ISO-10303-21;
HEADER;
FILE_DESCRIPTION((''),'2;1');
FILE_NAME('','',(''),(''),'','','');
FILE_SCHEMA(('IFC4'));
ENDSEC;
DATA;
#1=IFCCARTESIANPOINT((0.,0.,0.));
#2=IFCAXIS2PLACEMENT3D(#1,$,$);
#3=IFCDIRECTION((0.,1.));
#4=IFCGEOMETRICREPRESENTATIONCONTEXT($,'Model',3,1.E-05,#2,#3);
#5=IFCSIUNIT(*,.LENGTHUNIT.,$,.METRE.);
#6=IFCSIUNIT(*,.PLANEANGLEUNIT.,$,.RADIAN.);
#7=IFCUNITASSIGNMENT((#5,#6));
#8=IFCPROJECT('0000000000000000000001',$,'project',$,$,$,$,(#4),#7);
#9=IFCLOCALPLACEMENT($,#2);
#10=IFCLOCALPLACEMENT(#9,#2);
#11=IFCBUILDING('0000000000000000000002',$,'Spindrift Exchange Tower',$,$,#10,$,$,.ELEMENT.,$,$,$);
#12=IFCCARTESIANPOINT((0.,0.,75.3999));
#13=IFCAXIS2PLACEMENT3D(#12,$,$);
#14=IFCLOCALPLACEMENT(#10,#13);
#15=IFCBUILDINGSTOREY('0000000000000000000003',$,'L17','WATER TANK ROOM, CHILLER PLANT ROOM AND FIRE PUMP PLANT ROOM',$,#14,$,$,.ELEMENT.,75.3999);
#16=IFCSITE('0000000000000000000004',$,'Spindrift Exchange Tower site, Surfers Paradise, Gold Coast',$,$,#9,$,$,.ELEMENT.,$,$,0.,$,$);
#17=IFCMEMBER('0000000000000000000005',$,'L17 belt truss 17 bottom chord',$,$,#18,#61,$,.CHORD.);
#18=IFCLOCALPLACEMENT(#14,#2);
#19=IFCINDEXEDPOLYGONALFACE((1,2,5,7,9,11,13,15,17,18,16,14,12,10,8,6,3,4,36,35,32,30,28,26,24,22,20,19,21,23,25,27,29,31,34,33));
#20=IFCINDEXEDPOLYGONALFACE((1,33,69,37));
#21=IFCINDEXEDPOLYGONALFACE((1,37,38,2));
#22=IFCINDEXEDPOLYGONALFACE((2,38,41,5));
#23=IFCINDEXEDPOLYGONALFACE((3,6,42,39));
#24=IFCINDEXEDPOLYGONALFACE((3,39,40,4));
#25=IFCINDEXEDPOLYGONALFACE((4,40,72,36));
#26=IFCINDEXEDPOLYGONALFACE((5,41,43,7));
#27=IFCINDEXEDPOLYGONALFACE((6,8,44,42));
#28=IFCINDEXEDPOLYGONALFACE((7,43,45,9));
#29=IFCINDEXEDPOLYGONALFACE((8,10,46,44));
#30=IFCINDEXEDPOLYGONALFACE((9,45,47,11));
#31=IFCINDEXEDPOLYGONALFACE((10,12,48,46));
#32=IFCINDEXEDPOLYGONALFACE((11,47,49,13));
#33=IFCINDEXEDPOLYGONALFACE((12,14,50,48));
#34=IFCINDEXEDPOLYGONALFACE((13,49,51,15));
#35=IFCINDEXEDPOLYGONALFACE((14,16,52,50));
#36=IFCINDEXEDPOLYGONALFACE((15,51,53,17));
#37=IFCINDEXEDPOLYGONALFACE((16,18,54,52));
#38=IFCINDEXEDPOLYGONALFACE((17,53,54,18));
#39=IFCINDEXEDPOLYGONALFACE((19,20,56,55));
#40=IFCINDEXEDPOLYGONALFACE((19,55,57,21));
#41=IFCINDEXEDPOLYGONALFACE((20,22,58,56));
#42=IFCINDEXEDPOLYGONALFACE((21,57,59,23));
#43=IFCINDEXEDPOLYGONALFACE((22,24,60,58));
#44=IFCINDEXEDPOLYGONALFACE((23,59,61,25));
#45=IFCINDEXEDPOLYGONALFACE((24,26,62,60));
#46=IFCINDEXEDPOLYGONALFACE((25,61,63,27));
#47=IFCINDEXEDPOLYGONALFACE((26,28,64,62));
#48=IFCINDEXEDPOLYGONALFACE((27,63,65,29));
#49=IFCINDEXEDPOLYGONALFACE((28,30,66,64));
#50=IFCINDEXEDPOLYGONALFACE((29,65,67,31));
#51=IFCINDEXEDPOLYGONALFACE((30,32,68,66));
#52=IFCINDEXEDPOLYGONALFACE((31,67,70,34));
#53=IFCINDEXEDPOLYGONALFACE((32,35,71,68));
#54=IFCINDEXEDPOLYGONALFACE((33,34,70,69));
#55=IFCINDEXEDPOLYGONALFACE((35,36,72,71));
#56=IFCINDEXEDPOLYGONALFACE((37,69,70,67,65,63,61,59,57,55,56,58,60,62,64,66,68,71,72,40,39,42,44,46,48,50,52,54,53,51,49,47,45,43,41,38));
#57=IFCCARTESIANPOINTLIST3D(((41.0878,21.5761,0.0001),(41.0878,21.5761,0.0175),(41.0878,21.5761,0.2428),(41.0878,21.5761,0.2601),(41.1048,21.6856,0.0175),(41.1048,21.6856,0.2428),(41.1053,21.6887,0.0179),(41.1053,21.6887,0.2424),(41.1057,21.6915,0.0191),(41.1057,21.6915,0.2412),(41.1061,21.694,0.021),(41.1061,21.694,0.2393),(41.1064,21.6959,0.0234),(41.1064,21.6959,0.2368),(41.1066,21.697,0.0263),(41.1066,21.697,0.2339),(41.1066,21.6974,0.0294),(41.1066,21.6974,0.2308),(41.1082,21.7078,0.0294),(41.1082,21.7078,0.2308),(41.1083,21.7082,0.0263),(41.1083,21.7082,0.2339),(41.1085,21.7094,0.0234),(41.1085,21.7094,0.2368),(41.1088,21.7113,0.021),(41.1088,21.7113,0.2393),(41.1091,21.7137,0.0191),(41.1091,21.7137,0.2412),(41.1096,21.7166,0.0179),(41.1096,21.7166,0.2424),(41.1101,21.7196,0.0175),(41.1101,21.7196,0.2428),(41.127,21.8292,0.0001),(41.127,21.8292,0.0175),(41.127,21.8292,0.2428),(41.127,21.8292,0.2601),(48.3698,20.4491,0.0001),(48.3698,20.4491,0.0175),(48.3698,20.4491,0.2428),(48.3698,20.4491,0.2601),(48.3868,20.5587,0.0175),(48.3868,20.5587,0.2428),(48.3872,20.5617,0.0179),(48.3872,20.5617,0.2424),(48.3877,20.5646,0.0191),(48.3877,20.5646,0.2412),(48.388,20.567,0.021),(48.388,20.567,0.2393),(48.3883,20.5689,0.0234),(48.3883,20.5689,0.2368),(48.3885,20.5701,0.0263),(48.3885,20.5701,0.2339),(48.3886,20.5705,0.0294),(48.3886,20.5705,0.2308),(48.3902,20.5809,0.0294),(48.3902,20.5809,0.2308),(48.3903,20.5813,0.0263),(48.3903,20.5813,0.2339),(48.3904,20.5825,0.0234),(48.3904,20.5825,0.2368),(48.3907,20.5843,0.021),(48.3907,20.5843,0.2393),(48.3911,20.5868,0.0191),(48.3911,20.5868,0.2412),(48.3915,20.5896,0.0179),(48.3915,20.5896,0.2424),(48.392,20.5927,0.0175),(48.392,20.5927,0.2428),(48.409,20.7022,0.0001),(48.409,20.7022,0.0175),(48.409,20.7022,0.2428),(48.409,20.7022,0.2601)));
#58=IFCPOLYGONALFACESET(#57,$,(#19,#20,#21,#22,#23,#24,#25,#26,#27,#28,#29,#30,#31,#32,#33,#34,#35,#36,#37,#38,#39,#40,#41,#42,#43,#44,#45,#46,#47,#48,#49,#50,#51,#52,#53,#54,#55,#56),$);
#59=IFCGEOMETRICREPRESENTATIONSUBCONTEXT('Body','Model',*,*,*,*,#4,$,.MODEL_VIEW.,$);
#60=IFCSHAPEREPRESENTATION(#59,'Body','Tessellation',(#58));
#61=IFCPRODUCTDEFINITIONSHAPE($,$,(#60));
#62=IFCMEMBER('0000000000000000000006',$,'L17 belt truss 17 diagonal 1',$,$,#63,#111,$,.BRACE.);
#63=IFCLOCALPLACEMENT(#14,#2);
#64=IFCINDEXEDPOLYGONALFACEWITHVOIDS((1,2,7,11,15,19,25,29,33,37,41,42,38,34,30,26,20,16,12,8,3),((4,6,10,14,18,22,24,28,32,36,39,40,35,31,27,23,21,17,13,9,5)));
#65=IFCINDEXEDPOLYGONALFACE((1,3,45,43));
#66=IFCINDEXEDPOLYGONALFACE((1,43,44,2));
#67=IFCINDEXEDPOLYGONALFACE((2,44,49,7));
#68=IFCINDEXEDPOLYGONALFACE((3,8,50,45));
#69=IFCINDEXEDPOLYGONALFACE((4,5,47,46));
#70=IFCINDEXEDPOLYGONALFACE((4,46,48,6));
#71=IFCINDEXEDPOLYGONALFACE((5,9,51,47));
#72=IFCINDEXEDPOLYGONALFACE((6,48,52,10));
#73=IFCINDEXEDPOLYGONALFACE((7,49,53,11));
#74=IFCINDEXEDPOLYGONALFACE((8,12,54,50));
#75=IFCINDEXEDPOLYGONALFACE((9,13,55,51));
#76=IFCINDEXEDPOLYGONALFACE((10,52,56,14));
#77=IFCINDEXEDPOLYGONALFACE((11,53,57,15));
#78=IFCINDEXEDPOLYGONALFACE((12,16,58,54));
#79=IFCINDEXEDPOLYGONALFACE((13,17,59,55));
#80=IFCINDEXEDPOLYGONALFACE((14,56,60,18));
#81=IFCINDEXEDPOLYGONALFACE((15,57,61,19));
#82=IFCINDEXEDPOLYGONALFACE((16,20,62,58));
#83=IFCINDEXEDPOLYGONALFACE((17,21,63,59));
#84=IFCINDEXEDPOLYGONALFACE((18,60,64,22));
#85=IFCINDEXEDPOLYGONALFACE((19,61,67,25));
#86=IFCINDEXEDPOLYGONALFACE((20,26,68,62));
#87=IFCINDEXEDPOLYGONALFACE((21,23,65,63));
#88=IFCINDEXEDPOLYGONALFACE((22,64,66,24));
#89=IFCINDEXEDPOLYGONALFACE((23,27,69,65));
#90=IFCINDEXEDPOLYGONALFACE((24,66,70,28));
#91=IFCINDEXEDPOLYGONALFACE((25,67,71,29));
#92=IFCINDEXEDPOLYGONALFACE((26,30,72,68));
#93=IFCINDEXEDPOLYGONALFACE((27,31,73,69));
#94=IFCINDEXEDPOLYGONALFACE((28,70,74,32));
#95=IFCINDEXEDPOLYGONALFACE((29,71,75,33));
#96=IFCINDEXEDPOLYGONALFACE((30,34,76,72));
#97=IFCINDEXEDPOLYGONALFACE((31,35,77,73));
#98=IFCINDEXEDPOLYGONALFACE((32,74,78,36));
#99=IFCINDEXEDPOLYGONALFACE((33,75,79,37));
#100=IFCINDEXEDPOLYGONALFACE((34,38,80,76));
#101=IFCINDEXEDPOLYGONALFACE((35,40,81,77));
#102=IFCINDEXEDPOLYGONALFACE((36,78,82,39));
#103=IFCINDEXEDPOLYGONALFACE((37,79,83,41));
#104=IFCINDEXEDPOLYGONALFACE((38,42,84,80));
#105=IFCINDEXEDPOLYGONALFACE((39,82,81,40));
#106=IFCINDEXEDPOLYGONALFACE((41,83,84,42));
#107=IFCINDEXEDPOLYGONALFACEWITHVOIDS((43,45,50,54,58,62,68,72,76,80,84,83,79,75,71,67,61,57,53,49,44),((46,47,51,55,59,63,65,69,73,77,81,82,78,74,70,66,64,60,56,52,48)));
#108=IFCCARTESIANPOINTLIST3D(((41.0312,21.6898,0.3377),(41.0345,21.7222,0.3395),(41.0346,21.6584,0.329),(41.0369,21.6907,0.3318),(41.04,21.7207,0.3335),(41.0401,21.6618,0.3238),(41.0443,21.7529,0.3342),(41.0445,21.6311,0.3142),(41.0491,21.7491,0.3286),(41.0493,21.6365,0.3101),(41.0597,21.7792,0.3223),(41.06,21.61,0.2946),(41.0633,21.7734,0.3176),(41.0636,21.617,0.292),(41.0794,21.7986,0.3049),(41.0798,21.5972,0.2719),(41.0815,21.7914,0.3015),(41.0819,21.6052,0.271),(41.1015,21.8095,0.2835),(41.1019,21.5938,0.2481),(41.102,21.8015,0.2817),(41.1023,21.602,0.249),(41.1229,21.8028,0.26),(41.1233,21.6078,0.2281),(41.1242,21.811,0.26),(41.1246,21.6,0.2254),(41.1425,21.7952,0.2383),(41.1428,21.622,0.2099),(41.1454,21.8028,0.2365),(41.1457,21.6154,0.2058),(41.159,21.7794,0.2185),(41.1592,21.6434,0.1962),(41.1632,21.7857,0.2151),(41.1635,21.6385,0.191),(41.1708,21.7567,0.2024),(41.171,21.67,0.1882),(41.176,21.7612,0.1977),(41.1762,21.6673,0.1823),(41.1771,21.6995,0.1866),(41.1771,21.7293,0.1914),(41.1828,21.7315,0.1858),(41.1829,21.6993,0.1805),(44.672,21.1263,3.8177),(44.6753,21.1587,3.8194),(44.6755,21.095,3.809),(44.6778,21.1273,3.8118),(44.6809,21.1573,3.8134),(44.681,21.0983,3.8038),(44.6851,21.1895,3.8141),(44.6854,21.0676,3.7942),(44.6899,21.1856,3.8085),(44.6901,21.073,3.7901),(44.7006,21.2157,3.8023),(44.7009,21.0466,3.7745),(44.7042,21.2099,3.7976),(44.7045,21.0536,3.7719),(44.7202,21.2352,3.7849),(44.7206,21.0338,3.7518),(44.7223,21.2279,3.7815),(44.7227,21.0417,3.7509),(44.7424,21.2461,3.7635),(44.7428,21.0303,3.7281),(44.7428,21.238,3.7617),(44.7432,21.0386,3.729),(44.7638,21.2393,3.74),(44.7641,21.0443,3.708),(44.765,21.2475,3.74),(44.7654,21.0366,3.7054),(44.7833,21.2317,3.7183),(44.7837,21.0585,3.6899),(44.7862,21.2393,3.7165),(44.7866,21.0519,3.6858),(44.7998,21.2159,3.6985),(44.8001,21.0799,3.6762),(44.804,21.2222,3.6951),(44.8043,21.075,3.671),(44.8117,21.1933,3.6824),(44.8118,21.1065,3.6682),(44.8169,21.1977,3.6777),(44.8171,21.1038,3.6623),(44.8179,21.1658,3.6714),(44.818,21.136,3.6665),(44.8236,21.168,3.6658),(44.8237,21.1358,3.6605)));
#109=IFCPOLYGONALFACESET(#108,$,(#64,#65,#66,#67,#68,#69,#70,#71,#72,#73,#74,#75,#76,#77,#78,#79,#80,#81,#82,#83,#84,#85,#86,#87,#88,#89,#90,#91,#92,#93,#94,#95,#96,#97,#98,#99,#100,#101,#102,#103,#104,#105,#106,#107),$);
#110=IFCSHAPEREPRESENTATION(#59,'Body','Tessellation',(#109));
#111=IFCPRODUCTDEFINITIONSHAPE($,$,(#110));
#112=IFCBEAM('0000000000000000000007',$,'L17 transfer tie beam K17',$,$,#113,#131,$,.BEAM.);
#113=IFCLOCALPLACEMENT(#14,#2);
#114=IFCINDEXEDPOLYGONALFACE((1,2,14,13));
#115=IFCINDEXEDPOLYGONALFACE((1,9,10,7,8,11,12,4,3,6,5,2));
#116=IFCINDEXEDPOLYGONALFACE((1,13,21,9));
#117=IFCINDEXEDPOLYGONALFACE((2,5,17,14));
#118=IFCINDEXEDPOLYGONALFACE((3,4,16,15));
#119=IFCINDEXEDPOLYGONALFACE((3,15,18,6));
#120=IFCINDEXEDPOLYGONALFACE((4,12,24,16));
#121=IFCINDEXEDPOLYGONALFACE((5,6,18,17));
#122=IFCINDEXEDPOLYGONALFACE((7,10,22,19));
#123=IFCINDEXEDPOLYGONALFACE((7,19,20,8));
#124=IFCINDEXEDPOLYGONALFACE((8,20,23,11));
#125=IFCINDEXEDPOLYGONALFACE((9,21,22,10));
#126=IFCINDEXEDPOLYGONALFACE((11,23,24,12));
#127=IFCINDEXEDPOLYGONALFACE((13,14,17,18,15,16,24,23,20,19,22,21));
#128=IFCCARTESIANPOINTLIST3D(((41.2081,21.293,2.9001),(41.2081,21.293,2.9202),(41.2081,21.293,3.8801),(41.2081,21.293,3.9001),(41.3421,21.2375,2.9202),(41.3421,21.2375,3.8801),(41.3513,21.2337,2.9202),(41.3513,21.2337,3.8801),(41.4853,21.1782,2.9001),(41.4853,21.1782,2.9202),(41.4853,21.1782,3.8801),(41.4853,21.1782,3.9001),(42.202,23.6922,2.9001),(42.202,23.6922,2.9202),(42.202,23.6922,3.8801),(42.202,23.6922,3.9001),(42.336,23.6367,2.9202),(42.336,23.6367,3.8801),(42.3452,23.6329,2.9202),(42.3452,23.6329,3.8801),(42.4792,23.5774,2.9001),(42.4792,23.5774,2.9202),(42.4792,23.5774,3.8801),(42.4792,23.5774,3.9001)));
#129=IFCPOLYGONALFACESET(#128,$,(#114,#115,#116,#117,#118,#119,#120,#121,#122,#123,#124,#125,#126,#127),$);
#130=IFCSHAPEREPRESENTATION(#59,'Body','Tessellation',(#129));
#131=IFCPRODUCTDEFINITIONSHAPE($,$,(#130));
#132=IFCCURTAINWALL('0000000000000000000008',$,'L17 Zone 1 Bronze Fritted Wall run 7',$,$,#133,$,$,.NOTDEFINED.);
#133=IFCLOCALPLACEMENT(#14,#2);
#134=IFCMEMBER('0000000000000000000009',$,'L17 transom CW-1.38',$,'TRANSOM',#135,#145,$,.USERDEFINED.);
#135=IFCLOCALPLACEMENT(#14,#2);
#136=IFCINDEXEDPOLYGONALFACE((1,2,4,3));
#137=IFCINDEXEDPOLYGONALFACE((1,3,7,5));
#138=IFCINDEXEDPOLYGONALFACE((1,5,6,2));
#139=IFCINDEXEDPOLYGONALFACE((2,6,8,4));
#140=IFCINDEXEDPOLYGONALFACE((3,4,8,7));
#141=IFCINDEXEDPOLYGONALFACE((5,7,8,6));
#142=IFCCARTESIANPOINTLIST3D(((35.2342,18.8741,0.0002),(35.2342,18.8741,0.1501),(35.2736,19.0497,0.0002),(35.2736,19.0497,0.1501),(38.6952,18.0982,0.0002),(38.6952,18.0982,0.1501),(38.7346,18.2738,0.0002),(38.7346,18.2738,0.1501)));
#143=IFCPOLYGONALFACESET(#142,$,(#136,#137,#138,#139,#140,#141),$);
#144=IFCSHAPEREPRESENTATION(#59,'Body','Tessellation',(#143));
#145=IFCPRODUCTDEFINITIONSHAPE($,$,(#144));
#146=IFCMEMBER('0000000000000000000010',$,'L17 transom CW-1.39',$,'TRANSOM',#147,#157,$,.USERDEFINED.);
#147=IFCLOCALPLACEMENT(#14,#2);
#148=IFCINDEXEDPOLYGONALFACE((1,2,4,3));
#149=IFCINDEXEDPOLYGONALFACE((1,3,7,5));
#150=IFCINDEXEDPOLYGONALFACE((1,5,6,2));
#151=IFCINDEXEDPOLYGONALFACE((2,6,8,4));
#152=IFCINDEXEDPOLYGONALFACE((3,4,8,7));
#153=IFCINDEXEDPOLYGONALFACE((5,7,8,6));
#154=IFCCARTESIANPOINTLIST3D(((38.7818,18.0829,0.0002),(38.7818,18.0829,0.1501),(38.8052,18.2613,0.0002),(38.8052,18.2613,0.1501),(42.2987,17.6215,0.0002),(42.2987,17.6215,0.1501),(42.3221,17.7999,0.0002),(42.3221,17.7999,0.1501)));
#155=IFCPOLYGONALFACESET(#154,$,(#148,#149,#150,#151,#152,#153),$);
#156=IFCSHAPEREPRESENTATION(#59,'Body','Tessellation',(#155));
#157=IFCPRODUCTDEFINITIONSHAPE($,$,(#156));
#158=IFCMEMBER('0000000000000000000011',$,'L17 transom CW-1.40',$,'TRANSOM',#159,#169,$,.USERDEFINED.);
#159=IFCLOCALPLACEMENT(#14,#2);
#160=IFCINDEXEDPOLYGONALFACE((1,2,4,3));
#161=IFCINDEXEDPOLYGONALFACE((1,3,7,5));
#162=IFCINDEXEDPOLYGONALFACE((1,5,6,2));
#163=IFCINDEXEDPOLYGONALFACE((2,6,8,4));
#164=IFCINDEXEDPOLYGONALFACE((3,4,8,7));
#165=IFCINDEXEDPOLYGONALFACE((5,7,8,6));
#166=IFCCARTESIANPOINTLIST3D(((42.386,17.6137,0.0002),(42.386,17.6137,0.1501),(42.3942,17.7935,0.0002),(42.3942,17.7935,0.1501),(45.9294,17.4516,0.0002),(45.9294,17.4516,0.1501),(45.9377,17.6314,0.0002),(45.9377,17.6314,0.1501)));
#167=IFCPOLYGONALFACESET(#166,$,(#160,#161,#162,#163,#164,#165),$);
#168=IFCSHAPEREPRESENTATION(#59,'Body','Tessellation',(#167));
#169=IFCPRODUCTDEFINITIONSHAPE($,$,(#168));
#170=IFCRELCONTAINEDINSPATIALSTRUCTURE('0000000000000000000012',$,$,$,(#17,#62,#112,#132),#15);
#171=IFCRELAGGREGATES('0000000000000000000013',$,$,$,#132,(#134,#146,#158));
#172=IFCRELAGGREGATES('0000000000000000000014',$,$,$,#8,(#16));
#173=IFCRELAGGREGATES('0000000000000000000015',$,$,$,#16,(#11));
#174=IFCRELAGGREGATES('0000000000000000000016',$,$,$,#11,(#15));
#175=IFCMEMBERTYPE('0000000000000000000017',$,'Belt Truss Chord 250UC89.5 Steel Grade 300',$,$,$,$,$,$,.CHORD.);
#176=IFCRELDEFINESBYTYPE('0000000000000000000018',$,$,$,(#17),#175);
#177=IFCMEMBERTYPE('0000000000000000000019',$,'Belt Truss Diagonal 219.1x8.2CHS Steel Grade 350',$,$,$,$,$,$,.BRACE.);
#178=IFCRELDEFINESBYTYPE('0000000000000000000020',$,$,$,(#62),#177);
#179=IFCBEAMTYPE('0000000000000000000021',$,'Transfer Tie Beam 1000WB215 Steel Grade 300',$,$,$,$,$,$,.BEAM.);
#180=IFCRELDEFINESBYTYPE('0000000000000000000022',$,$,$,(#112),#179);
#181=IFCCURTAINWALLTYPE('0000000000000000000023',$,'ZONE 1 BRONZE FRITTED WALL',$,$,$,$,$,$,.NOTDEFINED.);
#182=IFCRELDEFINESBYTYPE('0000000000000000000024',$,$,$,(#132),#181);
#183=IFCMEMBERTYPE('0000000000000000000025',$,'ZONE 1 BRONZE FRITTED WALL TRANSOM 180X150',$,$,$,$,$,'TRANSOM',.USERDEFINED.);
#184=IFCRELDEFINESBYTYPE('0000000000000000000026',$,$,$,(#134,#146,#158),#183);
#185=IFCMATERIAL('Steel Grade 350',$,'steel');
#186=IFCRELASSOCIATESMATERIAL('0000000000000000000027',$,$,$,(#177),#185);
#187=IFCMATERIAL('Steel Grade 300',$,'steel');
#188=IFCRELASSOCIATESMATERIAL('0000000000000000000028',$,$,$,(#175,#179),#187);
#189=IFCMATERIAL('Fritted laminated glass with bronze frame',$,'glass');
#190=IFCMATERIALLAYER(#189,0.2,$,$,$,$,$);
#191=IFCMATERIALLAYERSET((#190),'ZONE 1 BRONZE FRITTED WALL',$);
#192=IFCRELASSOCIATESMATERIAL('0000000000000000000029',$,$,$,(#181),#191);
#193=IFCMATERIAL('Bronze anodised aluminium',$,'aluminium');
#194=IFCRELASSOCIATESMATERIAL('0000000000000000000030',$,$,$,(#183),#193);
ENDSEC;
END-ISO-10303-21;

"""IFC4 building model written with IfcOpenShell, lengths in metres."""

from ifc_helpers import new_model, si_unit, direction, frame, origin, origin_2d, place, context, subcontext, project, spatial, rectangle, hollow_circle, i_section, extrude, source, transform, mapped, material, layer, layer_set, material_profile, profile_set, type_object, element, aggregate, save


model = new_model("IFC4")

# Units and contexts
model_context = context("Model", 3, precision=1e-05, world=origin(), true_north=direction((0.0, 1.0)))
body_context = subcontext(model_context, "Body", "Model", "MODEL_VIEW")
ifc_project = project(units=[si_unit("LENGTHUNIT", "METRE"), si_unit("PLANEANGLEUNIT", "RADIAN")], contexts=[model_context])

# Site, building, storey
site_placement = place(None, origin())
site = spatial("IfcSite", under=ifc_project, at=site_placement, Name="Spindrift Exchange Tower site, Surfers Paradise, Gold Coast", CompositionType="ELEMENT", RefElevation=0.0)
building_placement = place(site_placement, origin())
building = spatial("IfcBuilding", under=site, at=building_placement, Name="Spindrift Exchange Tower", CompositionType="ELEMENT")
storey_placement = place(building_placement, frame((0.0, 0.0, 75.3999)))
storey = spatial("IfcBuildingStorey", under=building, at=storey_placement, Name="L17", Description="WATER TANK ROOM, CHILLER PLANT ROOM AND FIRE PUMP PLANT ROOM", CompositionType="ELEMENT", Elevation=75.3999)

# Shared definitions
ifc_material_1 = material(Name="Steel Grade 300", Category="steel")

# Members
ifc_material_2 = material(Name="Steel Grade 350", Category="steel")
ifc_material_profile_1 = material_profile(ifc_material_2, hollow_circle(Radius=0.1096, WallThickness=0.0083, at=origin_2d()), Name="219.1x8.2CHS")
ifc_profile_set_1 = profile_set([ifc_material_profile_1], Name="Steel Grade 350")
member_type_1 = type_object("IfcMemberType", Name="Belt Truss Diagonal 219.1x8.2CHS Steel Grade 350", PredefinedType="BRACE", material=ifc_profile_set_1)
ifc_material_profile_2 = material_profile(ifc_material_1, i_section(OverallWidth=0.2561, OverallDepth=0.26, WebThickness=0.0105, FlangeThickness=0.0173, FilletRadius=0.012, at=origin_2d()), Name="250UC89.5")
ifc_profile_set_2 = profile_set([ifc_material_profile_2], Name="Steel Grade 300")
member_type_2 = type_object("IfcMemberType", Name="Belt Truss Chord 250UC89.5 Steel Grade 300", PredefinedType="CHORD", material=ifc_profile_set_2)
shared_shape_1 = source(origin(), body_context, "Body", "SweptSolid", [
    extrude(i_section(OverallWidth=0.2561, OverallDepth=0.26, WebThickness=0.0105, FlangeThickness=0.0173, FilletRadius=0.012, at=origin_2d()), origin(), (0.0, 0.0, 1.0), 7.3687),
])
for number, where, z_axis, x_axis, name in (
    (1, (41.1074, 21.7026, 0.1301), (0.988236, -0.152938, 0.0), (0.152938, 0.988236, 0.0), "L17 belt truss 17 bottom chord"),
):
    element("IfcMember", number, at=place(storey_placement, frame(where, z_axis=z_axis, x_axis=x_axis)), inside=storey, type_object=member_type_2, Name=name, PredefinedType="CHORD", context=body_context, shape_type="MappedRepresentation", body=[
        mapped(shared_shape_1, transform((0.0, 0.0, 0.0), scale=1.0)),
    ])
shared_shape_2 = source(origin(), body_context, "Body", "SweptSolid", [
    extrude(hollow_circle(Radius=0.1096, WallThickness=0.0083, at=origin_2d()), origin(), (0.0, 0.0, 1.0), 5.0679),
])
member_1_placement = place(storey_placement, frame((41.1074, 21.7026, 0.26), z_axis=(0.718416, -0.111185, 0.68667), x_axis=(0.152943, 0.988235, 0.0)))
element("IfcMember", 2, at=member_1_placement, inside=storey, type_object=member_type_1, Name="L17 belt truss 17 diagonal 1", PredefinedType="BRACE", context=body_context, shape_type="MappedRepresentation", body=[
    mapped(shared_shape_2, transform((0.0, 0.0, 0.0), scale=1.0)),
])

# Beam
ifc_material_profile_3 = material_profile(ifc_material_1, i_section(OverallWidth=0.3, OverallDepth=1.0, WebThickness=0.01, FlangeThickness=0.02, at=origin_2d()), Name="1000WB215")
ifc_profile_set_3 = profile_set([ifc_material_profile_3], Name="Steel Grade 300")
beam_type_1 = type_object("IfcBeamType", Name="Transfer Tie Beam 1000WB215 Steel Grade 300", PredefinedType="BEAM", material=ifc_profile_set_3)
shared_shape_3 = source(origin(), body_context, "Body", "SweptSolid", [
    extrude(i_section(OverallWidth=0.3, OverallDepth=1.0, WebThickness=0.01, FlangeThickness=0.02, at=origin_2d()), origin(), (0.0, 0.0, 1.0), 2.5969),
])
beam_1_placement = place(storey_placement, frame((41.3467, 21.2356, 3.4001), z_axis=(0.382725, 0.923862, 0.0), x_axis=(-0.923862, 0.382725, 0.0)))
element("IfcBeam", 3, at=beam_1_placement, inside=storey, type_object=beam_type_1, Name="L17 transfer tie beam K17", PredefinedType="BEAM", context=body_context, shape_type="MappedRepresentation", body=[
    mapped(shared_shape_3, transform((0.0, 0.0, 0.0), scale=1.0)),
])

# Curtain wall, members
ifc_material_3 = material(Name="Fritted laminated glass with bronze frame", Category="glass")
ifc_layer_1 = layer(ifc_material_3, 0.2)
ifc_layer_set_1 = layer_set([ifc_layer_1], Name="ZONE 1 BRONZE FRITTED WALL")
curtain_wall_type = type_object("IfcCurtainWallType", Name="ZONE 1 BRONZE FRITTED WALL", PredefinedType="NOTDEFINED", material=ifc_layer_set_1)
curtain_wall_placement = place(storey_placement, origin())
curtain_wall = element("IfcCurtainWall", 4, at=curtain_wall_placement, inside=storey, type_object=curtain_wall_type, Name="L17 Zone 1 Bronze Fritted Wall run 7", PredefinedType="NOTDEFINED")
ifc_material_4 = material(Name="Bronze anodised aluminium", Category="aluminium")
ifc_material_profile_4 = material_profile(ifc_material_4, rectangle(XDim=0.1799, YDim=0.1499, at=origin_2d()), Name="ZONE 1 BRONZE FRITTED WALL TRANSOM 180X150")
ifc_profile_set_4 = profile_set([ifc_material_profile_4], Name="Bronze anodised aluminium")
member_type_3 = type_object("IfcMemberType", Name="ZONE 1 BRONZE FRITTED WALL TRANSOM 180X150", ElementType="TRANSOM", PredefinedType="USERDEFINED", material=ifc_profile_set_4)
shared_shape_4 = source(origin(), body_context, "Body", "SweptSolid", [
    extrude(rectangle(XDim=0.1799, YDim=0.1499, at=origin_2d()), origin(), (0.0, 0.0, 1.0), 3.5469),
])
member_2_placement = place(storey_placement, frame((35.2539, 18.9619, 0.0752), z_axis=(0.97578, -0.218752, 0.0), x_axis=(0.218752, 0.97578, 0.0)))
member_2 = element("IfcMember", 5, at=member_2_placement, type_object=member_type_3, Name="L17 transom CW-1.38", ObjectType="TRANSOM", PredefinedType="USERDEFINED", context=body_context, shape_type="MappedRepresentation", body=[
    mapped(shared_shape_4, transform((0.0, 0.0, 0.0), scale=1.0)),
])
shared_shape_5 = source(origin(), body_context, "Body", "SweptSolid", [
    extrude(rectangle(XDim=0.1799, YDim=0.1499, at=origin_2d()), origin(), (0.0, 0.0, 1.0), 3.5471),
])
member_3_placement = place(storey_placement, frame((38.7935, 18.1721, 0.0752), z_axis=(0.991503, -0.130081, 0.0), x_axis=(0.130081, 0.991503, 0.0)))
member_3 = element("IfcMember", 6, at=member_3_placement, type_object=member_type_3, Name="L17 transom CW-1.39", ObjectType="TRANSOM", PredefinedType="USERDEFINED", context=body_context, shape_type="MappedRepresentation", body=[
    mapped(shared_shape_5, transform((0.0, 0.0, 0.0), scale=1.0)),
])
member_4_placement = place(storey_placement, frame((42.3901, 17.7036, 0.0752), z_axis=(0.998955, -0.045701, 0.0), x_axis=(0.045701, 0.998955, 0.0)))
member_4 = element("IfcMember", 7, at=member_4_placement, type_object=member_type_3, Name="L17 transom CW-1.40", ObjectType="TRANSOM", PredefinedType="USERDEFINED", context=body_context, shape_type="MappedRepresentation", body=[
    mapped(shared_shape_5, transform((0.0, 0.0, 0.0), scale=1.0)),
])
aggregate(curtain_wall, [member_2, member_3, member_4])

save(model, "model.ifc")
